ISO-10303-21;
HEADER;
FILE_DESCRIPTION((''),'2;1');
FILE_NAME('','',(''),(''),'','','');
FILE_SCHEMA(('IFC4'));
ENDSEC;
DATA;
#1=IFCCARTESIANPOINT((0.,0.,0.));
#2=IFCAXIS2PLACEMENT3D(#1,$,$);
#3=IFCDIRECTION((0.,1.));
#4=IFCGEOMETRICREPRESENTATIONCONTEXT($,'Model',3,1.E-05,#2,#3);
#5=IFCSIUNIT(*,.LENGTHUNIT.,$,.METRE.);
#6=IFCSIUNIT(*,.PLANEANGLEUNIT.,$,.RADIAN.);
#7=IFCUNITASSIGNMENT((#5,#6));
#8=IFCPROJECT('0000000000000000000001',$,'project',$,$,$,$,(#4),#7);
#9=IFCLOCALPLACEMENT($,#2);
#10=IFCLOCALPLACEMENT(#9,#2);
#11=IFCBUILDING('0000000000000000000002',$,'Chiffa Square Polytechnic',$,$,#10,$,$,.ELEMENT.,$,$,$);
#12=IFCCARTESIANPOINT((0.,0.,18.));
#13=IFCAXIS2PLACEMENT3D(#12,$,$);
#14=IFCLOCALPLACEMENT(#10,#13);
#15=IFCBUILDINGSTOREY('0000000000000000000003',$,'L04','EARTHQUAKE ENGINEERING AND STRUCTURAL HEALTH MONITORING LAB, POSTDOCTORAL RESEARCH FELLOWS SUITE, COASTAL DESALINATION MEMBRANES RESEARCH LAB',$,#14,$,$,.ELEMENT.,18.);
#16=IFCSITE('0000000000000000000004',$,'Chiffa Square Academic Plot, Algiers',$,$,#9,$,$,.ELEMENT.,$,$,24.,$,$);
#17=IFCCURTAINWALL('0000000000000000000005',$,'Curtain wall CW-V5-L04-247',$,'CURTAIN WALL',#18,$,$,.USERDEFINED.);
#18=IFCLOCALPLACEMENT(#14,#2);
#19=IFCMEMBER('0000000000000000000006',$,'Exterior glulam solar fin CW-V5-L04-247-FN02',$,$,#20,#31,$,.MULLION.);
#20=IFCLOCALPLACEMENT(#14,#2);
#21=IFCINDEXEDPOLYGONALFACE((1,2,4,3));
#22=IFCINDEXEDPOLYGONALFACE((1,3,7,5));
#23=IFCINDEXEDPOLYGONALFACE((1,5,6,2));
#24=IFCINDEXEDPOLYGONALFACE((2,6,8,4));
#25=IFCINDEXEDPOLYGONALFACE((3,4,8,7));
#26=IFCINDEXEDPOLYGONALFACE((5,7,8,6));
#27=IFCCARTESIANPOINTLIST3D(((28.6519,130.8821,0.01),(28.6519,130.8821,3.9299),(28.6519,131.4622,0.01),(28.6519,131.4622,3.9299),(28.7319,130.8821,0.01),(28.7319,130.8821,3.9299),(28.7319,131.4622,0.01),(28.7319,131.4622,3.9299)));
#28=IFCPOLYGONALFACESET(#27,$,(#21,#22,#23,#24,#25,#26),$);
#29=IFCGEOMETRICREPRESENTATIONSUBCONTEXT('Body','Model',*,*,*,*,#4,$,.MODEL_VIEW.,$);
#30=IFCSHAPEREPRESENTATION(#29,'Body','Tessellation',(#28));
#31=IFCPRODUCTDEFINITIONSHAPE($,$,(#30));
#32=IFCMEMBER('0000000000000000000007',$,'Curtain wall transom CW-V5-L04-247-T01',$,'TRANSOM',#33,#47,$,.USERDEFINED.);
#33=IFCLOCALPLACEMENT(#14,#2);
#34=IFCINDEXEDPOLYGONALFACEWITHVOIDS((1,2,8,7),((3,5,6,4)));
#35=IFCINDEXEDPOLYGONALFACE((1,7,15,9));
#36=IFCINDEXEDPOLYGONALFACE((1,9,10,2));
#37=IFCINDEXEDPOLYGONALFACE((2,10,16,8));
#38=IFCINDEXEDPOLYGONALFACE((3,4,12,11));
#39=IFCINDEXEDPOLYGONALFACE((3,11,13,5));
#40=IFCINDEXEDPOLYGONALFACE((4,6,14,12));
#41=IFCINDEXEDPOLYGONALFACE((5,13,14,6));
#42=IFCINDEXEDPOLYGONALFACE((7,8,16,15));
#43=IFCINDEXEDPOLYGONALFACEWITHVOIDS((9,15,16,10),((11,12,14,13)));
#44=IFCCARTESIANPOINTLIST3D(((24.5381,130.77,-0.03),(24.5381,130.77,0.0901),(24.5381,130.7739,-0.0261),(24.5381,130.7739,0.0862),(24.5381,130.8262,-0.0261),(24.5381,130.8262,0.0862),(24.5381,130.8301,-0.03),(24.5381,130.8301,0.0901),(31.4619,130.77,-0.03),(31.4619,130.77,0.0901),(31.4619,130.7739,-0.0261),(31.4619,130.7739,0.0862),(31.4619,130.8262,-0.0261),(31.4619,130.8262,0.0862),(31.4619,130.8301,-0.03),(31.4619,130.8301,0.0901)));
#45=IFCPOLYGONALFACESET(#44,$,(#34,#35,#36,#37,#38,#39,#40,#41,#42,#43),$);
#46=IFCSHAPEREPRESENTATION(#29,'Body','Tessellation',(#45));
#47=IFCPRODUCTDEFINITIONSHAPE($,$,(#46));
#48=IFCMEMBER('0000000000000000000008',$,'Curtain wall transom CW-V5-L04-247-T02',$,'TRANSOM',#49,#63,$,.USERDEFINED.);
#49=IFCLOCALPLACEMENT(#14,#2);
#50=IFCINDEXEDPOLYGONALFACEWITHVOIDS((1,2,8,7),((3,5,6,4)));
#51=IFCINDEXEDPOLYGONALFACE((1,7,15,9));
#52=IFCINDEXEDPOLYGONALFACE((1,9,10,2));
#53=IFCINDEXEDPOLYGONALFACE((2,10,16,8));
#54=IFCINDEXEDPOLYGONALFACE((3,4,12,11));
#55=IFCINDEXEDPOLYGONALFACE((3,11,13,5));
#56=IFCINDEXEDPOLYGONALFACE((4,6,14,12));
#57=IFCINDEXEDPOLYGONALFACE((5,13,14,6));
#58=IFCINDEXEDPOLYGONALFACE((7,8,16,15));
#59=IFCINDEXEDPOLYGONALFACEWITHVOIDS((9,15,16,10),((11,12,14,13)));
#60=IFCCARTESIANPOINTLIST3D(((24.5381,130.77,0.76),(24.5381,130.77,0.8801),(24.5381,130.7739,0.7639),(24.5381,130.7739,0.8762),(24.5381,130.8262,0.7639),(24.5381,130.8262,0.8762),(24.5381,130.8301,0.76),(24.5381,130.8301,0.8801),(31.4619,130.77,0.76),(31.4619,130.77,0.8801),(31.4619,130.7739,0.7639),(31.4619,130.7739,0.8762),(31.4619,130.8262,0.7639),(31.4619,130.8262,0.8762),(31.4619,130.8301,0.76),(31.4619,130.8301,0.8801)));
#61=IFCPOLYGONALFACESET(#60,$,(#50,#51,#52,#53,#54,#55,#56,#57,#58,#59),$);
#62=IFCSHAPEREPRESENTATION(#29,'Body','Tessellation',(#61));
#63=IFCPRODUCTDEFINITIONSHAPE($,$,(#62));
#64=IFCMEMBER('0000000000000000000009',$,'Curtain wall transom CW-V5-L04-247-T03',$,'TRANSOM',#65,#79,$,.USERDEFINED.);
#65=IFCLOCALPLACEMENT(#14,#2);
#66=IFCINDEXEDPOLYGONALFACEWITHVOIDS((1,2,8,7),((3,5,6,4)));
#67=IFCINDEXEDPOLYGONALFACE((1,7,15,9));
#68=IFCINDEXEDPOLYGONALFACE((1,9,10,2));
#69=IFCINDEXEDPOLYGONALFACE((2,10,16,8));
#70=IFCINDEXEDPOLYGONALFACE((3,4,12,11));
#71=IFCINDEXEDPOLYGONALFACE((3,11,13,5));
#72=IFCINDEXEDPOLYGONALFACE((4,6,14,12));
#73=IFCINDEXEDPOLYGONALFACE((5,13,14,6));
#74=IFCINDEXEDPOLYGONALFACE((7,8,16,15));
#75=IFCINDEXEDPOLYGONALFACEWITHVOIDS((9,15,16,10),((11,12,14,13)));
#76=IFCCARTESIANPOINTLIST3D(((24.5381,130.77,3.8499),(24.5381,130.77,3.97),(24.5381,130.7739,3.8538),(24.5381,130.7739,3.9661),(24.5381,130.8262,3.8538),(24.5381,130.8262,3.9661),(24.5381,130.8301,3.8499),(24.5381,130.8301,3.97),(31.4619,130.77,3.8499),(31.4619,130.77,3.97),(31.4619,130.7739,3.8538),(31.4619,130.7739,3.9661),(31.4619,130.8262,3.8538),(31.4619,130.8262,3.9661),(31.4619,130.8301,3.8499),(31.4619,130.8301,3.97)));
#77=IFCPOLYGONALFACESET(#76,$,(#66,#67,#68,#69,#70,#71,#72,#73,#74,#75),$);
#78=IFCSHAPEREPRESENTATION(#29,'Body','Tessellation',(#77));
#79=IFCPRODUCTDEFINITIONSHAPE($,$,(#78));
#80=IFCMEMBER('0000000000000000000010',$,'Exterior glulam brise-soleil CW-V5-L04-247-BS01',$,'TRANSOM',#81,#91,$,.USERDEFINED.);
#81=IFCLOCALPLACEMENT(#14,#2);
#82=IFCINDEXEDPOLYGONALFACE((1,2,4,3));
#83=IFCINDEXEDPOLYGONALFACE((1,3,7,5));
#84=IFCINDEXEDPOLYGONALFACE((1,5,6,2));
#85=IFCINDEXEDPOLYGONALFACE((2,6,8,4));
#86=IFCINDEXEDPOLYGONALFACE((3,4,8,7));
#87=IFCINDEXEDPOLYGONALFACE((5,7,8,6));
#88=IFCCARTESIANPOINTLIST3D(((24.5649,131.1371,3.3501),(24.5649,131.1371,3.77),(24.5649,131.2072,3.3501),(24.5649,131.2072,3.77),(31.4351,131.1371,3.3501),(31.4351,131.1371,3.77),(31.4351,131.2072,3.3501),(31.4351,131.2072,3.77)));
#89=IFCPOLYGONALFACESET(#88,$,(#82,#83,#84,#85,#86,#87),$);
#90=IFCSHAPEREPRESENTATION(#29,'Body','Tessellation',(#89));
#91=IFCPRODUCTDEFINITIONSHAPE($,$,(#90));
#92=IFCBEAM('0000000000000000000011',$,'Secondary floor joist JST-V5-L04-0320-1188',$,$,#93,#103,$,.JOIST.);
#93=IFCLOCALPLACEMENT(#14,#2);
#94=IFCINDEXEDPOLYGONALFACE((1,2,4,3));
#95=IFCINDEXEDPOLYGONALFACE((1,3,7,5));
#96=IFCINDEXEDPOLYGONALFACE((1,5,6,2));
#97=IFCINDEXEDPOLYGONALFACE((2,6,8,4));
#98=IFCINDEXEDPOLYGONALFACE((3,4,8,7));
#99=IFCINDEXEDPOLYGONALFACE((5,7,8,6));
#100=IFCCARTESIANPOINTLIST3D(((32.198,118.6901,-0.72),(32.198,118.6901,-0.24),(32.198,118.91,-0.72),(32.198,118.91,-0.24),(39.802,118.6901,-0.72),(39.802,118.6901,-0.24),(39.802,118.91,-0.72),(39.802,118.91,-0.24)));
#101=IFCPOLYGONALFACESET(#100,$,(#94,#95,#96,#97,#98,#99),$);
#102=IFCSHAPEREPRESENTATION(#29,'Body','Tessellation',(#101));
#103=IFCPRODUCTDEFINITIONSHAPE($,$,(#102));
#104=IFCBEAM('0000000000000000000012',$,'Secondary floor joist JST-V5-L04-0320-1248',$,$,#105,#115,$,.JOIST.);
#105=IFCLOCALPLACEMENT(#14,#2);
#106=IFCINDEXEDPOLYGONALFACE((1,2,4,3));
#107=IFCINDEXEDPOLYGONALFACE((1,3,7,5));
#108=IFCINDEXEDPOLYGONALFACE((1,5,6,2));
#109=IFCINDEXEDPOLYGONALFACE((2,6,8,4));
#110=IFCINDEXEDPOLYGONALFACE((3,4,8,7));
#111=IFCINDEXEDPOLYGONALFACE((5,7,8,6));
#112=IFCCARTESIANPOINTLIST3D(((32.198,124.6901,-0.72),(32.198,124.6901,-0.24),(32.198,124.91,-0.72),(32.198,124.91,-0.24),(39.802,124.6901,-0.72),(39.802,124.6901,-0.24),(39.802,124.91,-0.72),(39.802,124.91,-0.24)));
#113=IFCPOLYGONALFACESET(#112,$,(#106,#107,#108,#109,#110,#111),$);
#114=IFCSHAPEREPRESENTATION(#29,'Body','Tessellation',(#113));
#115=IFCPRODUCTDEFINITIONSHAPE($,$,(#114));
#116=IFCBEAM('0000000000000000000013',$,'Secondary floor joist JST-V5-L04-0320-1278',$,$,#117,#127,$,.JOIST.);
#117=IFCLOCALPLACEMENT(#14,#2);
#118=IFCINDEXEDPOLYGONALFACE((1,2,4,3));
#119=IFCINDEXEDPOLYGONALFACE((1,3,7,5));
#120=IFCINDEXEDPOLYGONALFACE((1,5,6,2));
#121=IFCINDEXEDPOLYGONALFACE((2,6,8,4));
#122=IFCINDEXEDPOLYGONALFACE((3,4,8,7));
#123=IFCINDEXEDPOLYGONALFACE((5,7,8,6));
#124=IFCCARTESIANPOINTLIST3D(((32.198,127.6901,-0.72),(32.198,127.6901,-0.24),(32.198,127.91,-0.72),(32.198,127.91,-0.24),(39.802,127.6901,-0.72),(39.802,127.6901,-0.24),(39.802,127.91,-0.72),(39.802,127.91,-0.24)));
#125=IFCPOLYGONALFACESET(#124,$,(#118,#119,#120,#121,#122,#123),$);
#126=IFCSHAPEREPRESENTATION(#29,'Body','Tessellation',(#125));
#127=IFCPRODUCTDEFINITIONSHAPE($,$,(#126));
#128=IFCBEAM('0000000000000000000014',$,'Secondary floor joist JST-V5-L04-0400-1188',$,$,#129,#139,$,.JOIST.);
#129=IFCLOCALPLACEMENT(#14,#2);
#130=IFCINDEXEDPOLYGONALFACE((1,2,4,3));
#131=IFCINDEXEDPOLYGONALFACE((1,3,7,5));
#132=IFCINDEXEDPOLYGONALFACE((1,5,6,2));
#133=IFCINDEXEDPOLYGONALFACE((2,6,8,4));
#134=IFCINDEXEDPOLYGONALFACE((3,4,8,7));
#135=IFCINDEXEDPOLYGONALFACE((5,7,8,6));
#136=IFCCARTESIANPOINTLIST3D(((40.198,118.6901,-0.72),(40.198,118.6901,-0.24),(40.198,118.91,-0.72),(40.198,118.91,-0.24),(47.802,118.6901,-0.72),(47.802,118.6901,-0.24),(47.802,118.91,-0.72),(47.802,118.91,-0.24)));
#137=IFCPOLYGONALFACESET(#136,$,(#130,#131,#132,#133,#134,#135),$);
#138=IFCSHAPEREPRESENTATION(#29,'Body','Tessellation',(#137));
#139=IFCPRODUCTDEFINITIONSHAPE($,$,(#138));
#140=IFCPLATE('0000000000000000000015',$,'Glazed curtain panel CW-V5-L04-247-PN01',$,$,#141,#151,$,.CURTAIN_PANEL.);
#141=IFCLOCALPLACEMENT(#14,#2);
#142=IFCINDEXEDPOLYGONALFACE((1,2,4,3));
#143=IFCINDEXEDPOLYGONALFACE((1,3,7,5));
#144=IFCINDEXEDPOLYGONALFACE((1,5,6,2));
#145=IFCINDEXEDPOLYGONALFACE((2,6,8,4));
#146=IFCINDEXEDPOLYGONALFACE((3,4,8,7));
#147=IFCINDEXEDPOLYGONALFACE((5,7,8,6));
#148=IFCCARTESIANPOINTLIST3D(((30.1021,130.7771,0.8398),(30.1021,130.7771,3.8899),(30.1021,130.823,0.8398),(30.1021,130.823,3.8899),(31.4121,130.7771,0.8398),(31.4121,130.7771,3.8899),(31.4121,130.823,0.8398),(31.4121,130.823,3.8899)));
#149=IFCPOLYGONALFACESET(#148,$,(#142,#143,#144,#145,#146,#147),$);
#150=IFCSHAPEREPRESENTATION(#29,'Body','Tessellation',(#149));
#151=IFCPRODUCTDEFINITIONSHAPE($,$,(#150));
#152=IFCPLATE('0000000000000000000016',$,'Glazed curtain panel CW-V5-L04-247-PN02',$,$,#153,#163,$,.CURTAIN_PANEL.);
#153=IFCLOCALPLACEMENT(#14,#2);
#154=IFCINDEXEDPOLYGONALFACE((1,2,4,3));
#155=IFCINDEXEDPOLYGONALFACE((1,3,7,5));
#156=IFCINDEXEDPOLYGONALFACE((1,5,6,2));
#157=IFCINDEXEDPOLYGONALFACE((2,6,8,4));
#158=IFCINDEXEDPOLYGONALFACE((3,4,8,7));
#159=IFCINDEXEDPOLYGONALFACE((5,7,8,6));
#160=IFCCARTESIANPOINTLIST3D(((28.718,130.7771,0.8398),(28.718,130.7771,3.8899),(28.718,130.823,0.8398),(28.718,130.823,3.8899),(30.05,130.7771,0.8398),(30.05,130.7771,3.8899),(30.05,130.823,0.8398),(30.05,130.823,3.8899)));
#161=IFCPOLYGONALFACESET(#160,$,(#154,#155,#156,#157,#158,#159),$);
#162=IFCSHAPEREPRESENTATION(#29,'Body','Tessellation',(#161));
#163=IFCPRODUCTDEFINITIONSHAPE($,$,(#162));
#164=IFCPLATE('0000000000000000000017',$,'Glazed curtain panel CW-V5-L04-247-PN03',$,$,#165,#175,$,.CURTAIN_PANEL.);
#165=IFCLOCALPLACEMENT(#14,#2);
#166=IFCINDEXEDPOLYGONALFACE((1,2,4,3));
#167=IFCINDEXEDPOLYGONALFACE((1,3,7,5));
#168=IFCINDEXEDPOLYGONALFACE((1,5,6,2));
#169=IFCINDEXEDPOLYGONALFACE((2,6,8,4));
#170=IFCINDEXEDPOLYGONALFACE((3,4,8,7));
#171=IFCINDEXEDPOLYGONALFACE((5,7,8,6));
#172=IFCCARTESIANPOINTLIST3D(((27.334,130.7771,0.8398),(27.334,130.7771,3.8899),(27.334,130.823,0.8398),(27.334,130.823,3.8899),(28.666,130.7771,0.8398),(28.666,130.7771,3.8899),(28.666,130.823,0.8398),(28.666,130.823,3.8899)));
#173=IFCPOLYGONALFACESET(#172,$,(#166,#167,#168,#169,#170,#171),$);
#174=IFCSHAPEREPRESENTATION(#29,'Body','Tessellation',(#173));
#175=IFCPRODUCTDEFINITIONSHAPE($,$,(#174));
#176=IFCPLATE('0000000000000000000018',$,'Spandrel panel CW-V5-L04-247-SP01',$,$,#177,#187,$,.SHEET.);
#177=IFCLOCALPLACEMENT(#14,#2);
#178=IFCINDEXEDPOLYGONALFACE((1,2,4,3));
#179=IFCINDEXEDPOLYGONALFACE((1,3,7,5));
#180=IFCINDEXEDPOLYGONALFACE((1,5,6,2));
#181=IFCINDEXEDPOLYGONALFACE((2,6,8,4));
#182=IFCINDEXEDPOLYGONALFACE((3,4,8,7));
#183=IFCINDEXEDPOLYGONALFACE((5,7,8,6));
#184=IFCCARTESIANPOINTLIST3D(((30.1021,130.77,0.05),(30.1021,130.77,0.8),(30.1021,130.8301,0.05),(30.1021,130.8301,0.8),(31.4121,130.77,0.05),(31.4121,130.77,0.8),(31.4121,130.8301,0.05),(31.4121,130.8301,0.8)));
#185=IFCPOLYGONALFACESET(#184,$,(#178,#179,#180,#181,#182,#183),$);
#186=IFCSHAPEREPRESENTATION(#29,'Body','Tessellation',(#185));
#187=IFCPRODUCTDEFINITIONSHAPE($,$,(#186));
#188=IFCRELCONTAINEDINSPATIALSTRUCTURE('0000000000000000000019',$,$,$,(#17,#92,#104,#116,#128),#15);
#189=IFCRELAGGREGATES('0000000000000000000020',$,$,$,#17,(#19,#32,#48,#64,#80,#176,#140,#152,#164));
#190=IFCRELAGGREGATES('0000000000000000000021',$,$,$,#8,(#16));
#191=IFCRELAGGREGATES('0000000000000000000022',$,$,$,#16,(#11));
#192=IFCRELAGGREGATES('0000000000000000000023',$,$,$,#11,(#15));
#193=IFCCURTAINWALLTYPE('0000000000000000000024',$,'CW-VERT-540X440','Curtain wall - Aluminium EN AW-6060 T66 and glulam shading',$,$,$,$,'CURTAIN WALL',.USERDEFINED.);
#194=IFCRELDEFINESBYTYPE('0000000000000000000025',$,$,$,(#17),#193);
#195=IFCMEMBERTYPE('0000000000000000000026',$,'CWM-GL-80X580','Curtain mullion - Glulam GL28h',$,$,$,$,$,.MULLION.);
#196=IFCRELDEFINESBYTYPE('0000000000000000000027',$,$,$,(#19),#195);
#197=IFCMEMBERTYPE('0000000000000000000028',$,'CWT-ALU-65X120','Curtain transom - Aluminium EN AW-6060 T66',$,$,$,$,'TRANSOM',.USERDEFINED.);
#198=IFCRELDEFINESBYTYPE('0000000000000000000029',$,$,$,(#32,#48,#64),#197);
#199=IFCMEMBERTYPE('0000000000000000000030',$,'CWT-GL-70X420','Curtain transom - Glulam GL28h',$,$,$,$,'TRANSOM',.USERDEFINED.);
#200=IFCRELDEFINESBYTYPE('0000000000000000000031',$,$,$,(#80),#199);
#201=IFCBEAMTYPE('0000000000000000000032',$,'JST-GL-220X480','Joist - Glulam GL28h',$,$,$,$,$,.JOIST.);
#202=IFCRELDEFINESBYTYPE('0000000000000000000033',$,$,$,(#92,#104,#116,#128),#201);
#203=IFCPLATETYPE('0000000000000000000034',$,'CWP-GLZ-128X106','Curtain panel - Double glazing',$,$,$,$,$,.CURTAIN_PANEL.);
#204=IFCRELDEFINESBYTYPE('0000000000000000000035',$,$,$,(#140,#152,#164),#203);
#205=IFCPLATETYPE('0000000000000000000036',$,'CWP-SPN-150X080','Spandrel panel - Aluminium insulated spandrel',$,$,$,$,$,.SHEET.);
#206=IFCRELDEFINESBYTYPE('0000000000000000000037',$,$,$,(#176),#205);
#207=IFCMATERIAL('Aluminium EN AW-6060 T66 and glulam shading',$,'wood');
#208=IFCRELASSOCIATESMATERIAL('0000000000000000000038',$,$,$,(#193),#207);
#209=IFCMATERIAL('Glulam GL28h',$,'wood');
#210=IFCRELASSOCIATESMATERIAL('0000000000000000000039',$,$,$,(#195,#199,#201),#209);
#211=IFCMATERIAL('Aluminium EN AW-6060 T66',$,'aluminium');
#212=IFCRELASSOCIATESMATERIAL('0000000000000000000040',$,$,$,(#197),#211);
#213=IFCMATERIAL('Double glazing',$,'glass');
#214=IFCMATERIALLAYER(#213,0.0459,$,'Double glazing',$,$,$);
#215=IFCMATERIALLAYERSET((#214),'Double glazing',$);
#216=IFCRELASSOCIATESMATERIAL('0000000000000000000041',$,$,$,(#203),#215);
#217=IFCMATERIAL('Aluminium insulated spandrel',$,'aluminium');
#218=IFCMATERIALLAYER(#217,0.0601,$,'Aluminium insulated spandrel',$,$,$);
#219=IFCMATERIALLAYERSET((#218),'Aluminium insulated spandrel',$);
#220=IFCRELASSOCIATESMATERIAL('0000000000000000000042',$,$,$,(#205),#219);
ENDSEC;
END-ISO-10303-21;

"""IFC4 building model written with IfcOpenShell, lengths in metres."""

from ifc_helpers import new_model, si_unit, direction, frame, origin, origin_2d, place, context, subcontext, project, spatial, rectangle, hollow_rectangle, extrude, material, layer, layer_set, material_profile, profile_set, type_object, element, aggregate, save


model = new_model("IFC4")

# Units and contexts
model_context = context("Model", 3, precision=1e-05, world=origin(), true_north=direction((0.0, 1.0)))
body_context = subcontext(model_context, "Body", "Model", "MODEL_VIEW")
ifc_project = project(units=[si_unit("LENGTHUNIT", "METRE"), si_unit("PLANEANGLEUNIT", "RADIAN")], contexts=[model_context])

# Site, building, storey
site_placement = place(None, origin())
site = spatial("IfcSite", under=ifc_project, at=site_placement, Name="Chiffa Square Academic Plot, Algiers", CompositionType="ELEMENT", RefElevation=24.0)
building_placement = place(site_placement, origin())
building = spatial("IfcBuilding", under=site, at=building_placement, Name="Chiffa Square Polytechnic", CompositionType="ELEMENT")
storey_placement = place(building_placement, frame((0.0, 0.0, 18.0)))
storey = spatial("IfcBuildingStorey", under=building, at=storey_placement, Name="L04", Description="EARTHQUAKE ENGINEERING AND STRUCTURAL HEALTH MONITORING LAB, POSTDOCTORAL RESEARCH FELLOWS SUITE, COASTAL DESALINATION MEMBRANES RESEARCH LAB", CompositionType="ELEMENT", Elevation=18.0)

# Curtain wall, members
ifc_material_1 = material(Name="Aluminium EN AW-6060 T66 and glulam shading", Category="wood")
curtain_wall_type = type_object("IfcCurtainWallType", Name="CW-VERT-540X440", Description="Curtain wall - Aluminium EN AW-6060 T66 and glulam shading", ElementType="CURTAIN WALL", PredefinedType="USERDEFINED", material=ifc_material_1)
curtain_wall_placement = place(storey_placement, origin())
curtain_wall = element("IfcCurtainWall", 1, at=curtain_wall_placement, inside=storey, type_object=curtain_wall_type, Name="Curtain wall CW-V5-L04-247", ObjectType="CURTAIN WALL", PredefinedType="USERDEFINED")
ifc_material_2 = material(Name="Aluminium EN AW-6060 T66", Category="aluminium")
ifc_material_3 = material(Name="Glulam GL28h", Category="wood")
ifc_material_profile_1 = material_profile(ifc_material_3, rectangle(XDim=0.0801, YDim=0.5801, at=origin_2d()), Name="GL28h 80x580")
ifc_profile_set_1 = profile_set([ifc_material_profile_1], Name="Glulam GL28h")
member_type_1 = type_object("IfcMemberType", Name="CWM-GL-80X580", Description="Curtain mullion - Glulam GL28h", PredefinedType="MULLION", material=ifc_profile_set_1)
member_1_placement = place(storey_placement, frame((28.6919, 131.1721, 0.01), z_axis=(0.0, 0.0, 1.0), x_axis=(-1.0, 0.0, 0.0)))
member_1 = element("IfcMember", 2, at=member_1_placement, type_object=member_type_1, Name="Exterior glulam solar fin CW-V5-L04-247-FN02", PredefinedType="MULLION", context=body_context, shape_type="SweptSolid", body=[
    extrude(rectangle(XDim=0.0801, YDim=0.5801, at=origin_2d()), origin(), (0.0, 0.0, 1.0), 3.9199),
])
ifc_material_profile_2 = material_profile(ifc_material_2, hollow_rectangle(XDim=0.0601, YDim=0.1201, WallThickness=0.0039, at=origin_2d()), Name="ALU 60x120x4")
ifc_profile_set_2 = profile_set([ifc_material_profile_2], Name="Aluminium EN AW-6060 T66")
member_type_2 = type_object("IfcMemberType", Name="CWT-ALU-65X120", Description="Curtain transom - Aluminium EN AW-6060 T66", ElementType="TRANSOM", PredefinedType="USERDEFINED", material=ifc_profile_set_2)
member_2_placement = place(storey_placement, frame((31.4619, 130.8, 0.03), z_axis=(-1.0, 0.0, 0.0), x_axis=(0.0, -1.0, 0.0)))
member_2 = element("IfcMember", 3, at=member_2_placement, type_object=member_type_2, Name="Curtain wall transom CW-V5-L04-247-T01", ObjectType="TRANSOM", PredefinedType="USERDEFINED", context=body_context, shape_type="SweptSolid", body=[
    extrude(hollow_rectangle(XDim=0.0601, YDim=0.1201, WallThickness=0.0039, at=origin_2d()), origin(), (0.0, 0.0, 1.0), 6.9238),
])
member_3_placement = place(storey_placement, frame((31.4619, 130.8, 0.8201), z_axis=(-1.0, 0.0, 0.0), x_axis=(0.0, -1.0, 0.0)))
member_3 = element("IfcMember", 4, at=member_3_placement, type_object=member_type_2, Name="Curtain wall transom CW-V5-L04-247-T02", ObjectType="TRANSOM", PredefinedType="USERDEFINED", context=body_context, shape_type="SweptSolid", body=[
    extrude(hollow_rectangle(XDim=0.0601, YDim=0.1201, WallThickness=0.0039, at=origin_2d()), origin(), (0.0, 0.0, 1.0), 6.9238),
])
member_4_placement = place(storey_placement, frame((31.4619, 130.8, 3.9099), z_axis=(-1.0, 0.0, 0.0), x_axis=(0.0, -1.0, 0.0)))
member_4 = element("IfcMember", 5, at=member_4_placement, type_object=member_type_2, Name="Curtain wall transom CW-V5-L04-247-T03", ObjectType="TRANSOM", PredefinedType="USERDEFINED", context=body_context, shape_type="SweptSolid", body=[
    extrude(hollow_rectangle(XDim=0.0601, YDim=0.1201, WallThickness=0.0039, at=origin_2d()), origin(), (0.0, 0.0, 1.0), 6.9238),
])
ifc_material_profile_3 = material_profile(ifc_material_3, rectangle(XDim=0.0701, YDim=0.4199, at=origin_2d()), Name="GL28h 70x420")
ifc_profile_set_3 = profile_set([ifc_material_profile_3], Name="Glulam GL28h")
member_type_3 = type_object("IfcMemberType", Name="CWT-GL-70X420", Description="Curtain transom - Glulam GL28h", ElementType="TRANSOM", PredefinedType="USERDEFINED", material=ifc_profile_set_3)
member_5_placement = place(storey_placement, frame((31.4351, 131.1721, 3.5601), z_axis=(-1.0, 0.0, 0.0), x_axis=(0.0, -1.0, 0.0)))
member_5 = element("IfcMember", 6, at=member_5_placement, type_object=member_type_3, Name="Exterior glulam brise-soleil CW-V5-L04-247-BS01", ObjectType="TRANSOM", PredefinedType="USERDEFINED", context=body_context, shape_type="SweptSolid", body=[
    extrude(rectangle(XDim=0.0701, YDim=0.4199, at=origin_2d()), origin(), (0.0, 0.0, 1.0), 6.8701),
])

# Beams
ifc_material_profile_4 = material_profile(ifc_material_3, rectangle(XDim=0.22, YDim=0.48, at=origin_2d()), Name="GL28h 220x480")
ifc_profile_set_4 = profile_set([ifc_material_profile_4], Name="Glulam GL28h")
beam_type_1 = type_object("IfcBeamType", Name="JST-GL-220X480", Description="Joist - Glulam GL28h", PredefinedType="JOIST", material=ifc_profile_set_4)
for number, where, z_axis, x_axis, name in (
    (7, (32.198, 118.8, -0.48), (1.0, 0.0, 0.0), (0.0, 1.0, 0.0), "Secondary floor joist JST-V5-L04-0320-1188"),
    (8, (32.198, 124.8, -0.48), (1.0, 0.0, 0.0), (0.0, 1.0, 0.0), "Secondary floor joist JST-V5-L04-0320-1248"),
    (9, (32.198, 127.8, -0.48), (1.0, 0.0, 0.0), (0.0, 1.0, 0.0), "Secondary floor joist JST-V5-L04-0320-1278"),
    (10, (40.198, 118.8, -0.48), (1.0, 0.0, 0.0), (0.0, 1.0, 0.0), "Secondary floor joist JST-V5-L04-0400-1188"),
):
    element("IfcBeam", number, at=place(storey_placement, frame(where, z_axis=z_axis, x_axis=x_axis)), inside=storey, type_object=beam_type_1, Name=name, PredefinedType="JOIST", context=body_context, shape_type="SweptSolid", body=[
        extrude(rectangle(XDim=0.22, YDim=0.48, at=origin_2d()), origin(), (0.0, 0.0, 1.0), 7.604),
    ])

# Plates
ifc_material_4 = material(Name="Double glazing", Category="glass")
ifc_layer_1 = layer(ifc_material_4, 0.0459, Name="Double glazing")
ifc_layer_set_1 = layer_set([ifc_layer_1], Name="Double glazing")
plate_type_1 = type_object("IfcPlateType", Name="CWP-GLZ-128X106", Description="Curtain panel - Double glazing", PredefinedType="CURTAIN_PANEL", material=ifc_layer_set_1)
plate_1_placement = place(storey_placement, frame((30.7571, 130.8, 0.8398), z_axis=(0.0, 0.0, 1.0), x_axis=(-1.0, 0.0, 0.0)))
plate_1 = element("IfcPlate", 11, at=plate_1_placement, type_object=plate_type_1, Name="Glazed curtain panel CW-V5-L04-247-PN01", PredefinedType="CURTAIN_PANEL", context=body_context, shape_type="SweptSolid", body=[
    extrude(rectangle(XDim=1.3101, YDim=0.0459, at=origin_2d()), origin(), (0.0, 0.0, 1.0), 3.05),
])
plate_2_placement = place(storey_placement, frame((29.384, 130.8, 0.8398), z_axis=(0.0, 0.0, 1.0), x_axis=(-1.0, 0.0, 0.0)))
plate_2 = element("IfcPlate", 12, at=plate_2_placement, type_object=plate_type_1, Name="Glazed curtain panel CW-V5-L04-247-PN02", PredefinedType="CURTAIN_PANEL", context=body_context, shape_type="SweptSolid", body=[
    extrude(rectangle(XDim=1.332, YDim=0.0459, at=origin_2d()), origin(), (0.0, 0.0, 1.0), 3.05),
])
plate_3_placement = place(storey_placement, frame((28.0, 130.8, 0.8398), z_axis=(0.0, 0.0, 1.0), x_axis=(-1.0, 0.0, 0.0)))
plate_3 = element("IfcPlate", 13, at=plate_3_placement, type_object=plate_type_1, Name="Glazed curtain panel CW-V5-L04-247-PN03", PredefinedType="CURTAIN_PANEL", context=body_context, shape_type="SweptSolid", body=[
    extrude(rectangle(XDim=1.332, YDim=0.0459, at=origin_2d()), origin(), (0.0, 0.0, 1.0), 3.05),
])
ifc_material_5 = material(Name="Aluminium insulated spandrel", Category="aluminium")
ifc_layer_2 = layer(ifc_material_5, 0.0601, Name="Aluminium insulated spandrel")
ifc_layer_set_2 = layer_set([ifc_layer_2], Name="Aluminium insulated spandrel")
plate_type_2 = type_object("IfcPlateType", Name="CWP-SPN-150X080", Description="Spandrel panel - Aluminium insulated spandrel", PredefinedType="SHEET", material=ifc_layer_set_2)
plate_4_placement = place(storey_placement, frame((30.7571, 130.8, 0.05), z_axis=(0.0, 0.0, 1.0), x_axis=(-1.0, 0.0, 0.0)))
plate_4 = element("IfcPlate", 14, at=plate_4_placement, type_object=plate_type_2, Name="Spandrel panel CW-V5-L04-247-SP01", PredefinedType="SHEET", context=body_context, shape_type="SweptSolid", body=[
    extrude(rectangle(XDim=1.3101, YDim=0.0601, at=origin_2d()), origin(), (0.0, 0.0, 1.0), 0.75),
])
aggregate(curtain_wall, [member_1, member_2, member_3, member_4, member_5, plate_4, plate_1, plate_2, plate_3])

save(model, "model.ifc")
